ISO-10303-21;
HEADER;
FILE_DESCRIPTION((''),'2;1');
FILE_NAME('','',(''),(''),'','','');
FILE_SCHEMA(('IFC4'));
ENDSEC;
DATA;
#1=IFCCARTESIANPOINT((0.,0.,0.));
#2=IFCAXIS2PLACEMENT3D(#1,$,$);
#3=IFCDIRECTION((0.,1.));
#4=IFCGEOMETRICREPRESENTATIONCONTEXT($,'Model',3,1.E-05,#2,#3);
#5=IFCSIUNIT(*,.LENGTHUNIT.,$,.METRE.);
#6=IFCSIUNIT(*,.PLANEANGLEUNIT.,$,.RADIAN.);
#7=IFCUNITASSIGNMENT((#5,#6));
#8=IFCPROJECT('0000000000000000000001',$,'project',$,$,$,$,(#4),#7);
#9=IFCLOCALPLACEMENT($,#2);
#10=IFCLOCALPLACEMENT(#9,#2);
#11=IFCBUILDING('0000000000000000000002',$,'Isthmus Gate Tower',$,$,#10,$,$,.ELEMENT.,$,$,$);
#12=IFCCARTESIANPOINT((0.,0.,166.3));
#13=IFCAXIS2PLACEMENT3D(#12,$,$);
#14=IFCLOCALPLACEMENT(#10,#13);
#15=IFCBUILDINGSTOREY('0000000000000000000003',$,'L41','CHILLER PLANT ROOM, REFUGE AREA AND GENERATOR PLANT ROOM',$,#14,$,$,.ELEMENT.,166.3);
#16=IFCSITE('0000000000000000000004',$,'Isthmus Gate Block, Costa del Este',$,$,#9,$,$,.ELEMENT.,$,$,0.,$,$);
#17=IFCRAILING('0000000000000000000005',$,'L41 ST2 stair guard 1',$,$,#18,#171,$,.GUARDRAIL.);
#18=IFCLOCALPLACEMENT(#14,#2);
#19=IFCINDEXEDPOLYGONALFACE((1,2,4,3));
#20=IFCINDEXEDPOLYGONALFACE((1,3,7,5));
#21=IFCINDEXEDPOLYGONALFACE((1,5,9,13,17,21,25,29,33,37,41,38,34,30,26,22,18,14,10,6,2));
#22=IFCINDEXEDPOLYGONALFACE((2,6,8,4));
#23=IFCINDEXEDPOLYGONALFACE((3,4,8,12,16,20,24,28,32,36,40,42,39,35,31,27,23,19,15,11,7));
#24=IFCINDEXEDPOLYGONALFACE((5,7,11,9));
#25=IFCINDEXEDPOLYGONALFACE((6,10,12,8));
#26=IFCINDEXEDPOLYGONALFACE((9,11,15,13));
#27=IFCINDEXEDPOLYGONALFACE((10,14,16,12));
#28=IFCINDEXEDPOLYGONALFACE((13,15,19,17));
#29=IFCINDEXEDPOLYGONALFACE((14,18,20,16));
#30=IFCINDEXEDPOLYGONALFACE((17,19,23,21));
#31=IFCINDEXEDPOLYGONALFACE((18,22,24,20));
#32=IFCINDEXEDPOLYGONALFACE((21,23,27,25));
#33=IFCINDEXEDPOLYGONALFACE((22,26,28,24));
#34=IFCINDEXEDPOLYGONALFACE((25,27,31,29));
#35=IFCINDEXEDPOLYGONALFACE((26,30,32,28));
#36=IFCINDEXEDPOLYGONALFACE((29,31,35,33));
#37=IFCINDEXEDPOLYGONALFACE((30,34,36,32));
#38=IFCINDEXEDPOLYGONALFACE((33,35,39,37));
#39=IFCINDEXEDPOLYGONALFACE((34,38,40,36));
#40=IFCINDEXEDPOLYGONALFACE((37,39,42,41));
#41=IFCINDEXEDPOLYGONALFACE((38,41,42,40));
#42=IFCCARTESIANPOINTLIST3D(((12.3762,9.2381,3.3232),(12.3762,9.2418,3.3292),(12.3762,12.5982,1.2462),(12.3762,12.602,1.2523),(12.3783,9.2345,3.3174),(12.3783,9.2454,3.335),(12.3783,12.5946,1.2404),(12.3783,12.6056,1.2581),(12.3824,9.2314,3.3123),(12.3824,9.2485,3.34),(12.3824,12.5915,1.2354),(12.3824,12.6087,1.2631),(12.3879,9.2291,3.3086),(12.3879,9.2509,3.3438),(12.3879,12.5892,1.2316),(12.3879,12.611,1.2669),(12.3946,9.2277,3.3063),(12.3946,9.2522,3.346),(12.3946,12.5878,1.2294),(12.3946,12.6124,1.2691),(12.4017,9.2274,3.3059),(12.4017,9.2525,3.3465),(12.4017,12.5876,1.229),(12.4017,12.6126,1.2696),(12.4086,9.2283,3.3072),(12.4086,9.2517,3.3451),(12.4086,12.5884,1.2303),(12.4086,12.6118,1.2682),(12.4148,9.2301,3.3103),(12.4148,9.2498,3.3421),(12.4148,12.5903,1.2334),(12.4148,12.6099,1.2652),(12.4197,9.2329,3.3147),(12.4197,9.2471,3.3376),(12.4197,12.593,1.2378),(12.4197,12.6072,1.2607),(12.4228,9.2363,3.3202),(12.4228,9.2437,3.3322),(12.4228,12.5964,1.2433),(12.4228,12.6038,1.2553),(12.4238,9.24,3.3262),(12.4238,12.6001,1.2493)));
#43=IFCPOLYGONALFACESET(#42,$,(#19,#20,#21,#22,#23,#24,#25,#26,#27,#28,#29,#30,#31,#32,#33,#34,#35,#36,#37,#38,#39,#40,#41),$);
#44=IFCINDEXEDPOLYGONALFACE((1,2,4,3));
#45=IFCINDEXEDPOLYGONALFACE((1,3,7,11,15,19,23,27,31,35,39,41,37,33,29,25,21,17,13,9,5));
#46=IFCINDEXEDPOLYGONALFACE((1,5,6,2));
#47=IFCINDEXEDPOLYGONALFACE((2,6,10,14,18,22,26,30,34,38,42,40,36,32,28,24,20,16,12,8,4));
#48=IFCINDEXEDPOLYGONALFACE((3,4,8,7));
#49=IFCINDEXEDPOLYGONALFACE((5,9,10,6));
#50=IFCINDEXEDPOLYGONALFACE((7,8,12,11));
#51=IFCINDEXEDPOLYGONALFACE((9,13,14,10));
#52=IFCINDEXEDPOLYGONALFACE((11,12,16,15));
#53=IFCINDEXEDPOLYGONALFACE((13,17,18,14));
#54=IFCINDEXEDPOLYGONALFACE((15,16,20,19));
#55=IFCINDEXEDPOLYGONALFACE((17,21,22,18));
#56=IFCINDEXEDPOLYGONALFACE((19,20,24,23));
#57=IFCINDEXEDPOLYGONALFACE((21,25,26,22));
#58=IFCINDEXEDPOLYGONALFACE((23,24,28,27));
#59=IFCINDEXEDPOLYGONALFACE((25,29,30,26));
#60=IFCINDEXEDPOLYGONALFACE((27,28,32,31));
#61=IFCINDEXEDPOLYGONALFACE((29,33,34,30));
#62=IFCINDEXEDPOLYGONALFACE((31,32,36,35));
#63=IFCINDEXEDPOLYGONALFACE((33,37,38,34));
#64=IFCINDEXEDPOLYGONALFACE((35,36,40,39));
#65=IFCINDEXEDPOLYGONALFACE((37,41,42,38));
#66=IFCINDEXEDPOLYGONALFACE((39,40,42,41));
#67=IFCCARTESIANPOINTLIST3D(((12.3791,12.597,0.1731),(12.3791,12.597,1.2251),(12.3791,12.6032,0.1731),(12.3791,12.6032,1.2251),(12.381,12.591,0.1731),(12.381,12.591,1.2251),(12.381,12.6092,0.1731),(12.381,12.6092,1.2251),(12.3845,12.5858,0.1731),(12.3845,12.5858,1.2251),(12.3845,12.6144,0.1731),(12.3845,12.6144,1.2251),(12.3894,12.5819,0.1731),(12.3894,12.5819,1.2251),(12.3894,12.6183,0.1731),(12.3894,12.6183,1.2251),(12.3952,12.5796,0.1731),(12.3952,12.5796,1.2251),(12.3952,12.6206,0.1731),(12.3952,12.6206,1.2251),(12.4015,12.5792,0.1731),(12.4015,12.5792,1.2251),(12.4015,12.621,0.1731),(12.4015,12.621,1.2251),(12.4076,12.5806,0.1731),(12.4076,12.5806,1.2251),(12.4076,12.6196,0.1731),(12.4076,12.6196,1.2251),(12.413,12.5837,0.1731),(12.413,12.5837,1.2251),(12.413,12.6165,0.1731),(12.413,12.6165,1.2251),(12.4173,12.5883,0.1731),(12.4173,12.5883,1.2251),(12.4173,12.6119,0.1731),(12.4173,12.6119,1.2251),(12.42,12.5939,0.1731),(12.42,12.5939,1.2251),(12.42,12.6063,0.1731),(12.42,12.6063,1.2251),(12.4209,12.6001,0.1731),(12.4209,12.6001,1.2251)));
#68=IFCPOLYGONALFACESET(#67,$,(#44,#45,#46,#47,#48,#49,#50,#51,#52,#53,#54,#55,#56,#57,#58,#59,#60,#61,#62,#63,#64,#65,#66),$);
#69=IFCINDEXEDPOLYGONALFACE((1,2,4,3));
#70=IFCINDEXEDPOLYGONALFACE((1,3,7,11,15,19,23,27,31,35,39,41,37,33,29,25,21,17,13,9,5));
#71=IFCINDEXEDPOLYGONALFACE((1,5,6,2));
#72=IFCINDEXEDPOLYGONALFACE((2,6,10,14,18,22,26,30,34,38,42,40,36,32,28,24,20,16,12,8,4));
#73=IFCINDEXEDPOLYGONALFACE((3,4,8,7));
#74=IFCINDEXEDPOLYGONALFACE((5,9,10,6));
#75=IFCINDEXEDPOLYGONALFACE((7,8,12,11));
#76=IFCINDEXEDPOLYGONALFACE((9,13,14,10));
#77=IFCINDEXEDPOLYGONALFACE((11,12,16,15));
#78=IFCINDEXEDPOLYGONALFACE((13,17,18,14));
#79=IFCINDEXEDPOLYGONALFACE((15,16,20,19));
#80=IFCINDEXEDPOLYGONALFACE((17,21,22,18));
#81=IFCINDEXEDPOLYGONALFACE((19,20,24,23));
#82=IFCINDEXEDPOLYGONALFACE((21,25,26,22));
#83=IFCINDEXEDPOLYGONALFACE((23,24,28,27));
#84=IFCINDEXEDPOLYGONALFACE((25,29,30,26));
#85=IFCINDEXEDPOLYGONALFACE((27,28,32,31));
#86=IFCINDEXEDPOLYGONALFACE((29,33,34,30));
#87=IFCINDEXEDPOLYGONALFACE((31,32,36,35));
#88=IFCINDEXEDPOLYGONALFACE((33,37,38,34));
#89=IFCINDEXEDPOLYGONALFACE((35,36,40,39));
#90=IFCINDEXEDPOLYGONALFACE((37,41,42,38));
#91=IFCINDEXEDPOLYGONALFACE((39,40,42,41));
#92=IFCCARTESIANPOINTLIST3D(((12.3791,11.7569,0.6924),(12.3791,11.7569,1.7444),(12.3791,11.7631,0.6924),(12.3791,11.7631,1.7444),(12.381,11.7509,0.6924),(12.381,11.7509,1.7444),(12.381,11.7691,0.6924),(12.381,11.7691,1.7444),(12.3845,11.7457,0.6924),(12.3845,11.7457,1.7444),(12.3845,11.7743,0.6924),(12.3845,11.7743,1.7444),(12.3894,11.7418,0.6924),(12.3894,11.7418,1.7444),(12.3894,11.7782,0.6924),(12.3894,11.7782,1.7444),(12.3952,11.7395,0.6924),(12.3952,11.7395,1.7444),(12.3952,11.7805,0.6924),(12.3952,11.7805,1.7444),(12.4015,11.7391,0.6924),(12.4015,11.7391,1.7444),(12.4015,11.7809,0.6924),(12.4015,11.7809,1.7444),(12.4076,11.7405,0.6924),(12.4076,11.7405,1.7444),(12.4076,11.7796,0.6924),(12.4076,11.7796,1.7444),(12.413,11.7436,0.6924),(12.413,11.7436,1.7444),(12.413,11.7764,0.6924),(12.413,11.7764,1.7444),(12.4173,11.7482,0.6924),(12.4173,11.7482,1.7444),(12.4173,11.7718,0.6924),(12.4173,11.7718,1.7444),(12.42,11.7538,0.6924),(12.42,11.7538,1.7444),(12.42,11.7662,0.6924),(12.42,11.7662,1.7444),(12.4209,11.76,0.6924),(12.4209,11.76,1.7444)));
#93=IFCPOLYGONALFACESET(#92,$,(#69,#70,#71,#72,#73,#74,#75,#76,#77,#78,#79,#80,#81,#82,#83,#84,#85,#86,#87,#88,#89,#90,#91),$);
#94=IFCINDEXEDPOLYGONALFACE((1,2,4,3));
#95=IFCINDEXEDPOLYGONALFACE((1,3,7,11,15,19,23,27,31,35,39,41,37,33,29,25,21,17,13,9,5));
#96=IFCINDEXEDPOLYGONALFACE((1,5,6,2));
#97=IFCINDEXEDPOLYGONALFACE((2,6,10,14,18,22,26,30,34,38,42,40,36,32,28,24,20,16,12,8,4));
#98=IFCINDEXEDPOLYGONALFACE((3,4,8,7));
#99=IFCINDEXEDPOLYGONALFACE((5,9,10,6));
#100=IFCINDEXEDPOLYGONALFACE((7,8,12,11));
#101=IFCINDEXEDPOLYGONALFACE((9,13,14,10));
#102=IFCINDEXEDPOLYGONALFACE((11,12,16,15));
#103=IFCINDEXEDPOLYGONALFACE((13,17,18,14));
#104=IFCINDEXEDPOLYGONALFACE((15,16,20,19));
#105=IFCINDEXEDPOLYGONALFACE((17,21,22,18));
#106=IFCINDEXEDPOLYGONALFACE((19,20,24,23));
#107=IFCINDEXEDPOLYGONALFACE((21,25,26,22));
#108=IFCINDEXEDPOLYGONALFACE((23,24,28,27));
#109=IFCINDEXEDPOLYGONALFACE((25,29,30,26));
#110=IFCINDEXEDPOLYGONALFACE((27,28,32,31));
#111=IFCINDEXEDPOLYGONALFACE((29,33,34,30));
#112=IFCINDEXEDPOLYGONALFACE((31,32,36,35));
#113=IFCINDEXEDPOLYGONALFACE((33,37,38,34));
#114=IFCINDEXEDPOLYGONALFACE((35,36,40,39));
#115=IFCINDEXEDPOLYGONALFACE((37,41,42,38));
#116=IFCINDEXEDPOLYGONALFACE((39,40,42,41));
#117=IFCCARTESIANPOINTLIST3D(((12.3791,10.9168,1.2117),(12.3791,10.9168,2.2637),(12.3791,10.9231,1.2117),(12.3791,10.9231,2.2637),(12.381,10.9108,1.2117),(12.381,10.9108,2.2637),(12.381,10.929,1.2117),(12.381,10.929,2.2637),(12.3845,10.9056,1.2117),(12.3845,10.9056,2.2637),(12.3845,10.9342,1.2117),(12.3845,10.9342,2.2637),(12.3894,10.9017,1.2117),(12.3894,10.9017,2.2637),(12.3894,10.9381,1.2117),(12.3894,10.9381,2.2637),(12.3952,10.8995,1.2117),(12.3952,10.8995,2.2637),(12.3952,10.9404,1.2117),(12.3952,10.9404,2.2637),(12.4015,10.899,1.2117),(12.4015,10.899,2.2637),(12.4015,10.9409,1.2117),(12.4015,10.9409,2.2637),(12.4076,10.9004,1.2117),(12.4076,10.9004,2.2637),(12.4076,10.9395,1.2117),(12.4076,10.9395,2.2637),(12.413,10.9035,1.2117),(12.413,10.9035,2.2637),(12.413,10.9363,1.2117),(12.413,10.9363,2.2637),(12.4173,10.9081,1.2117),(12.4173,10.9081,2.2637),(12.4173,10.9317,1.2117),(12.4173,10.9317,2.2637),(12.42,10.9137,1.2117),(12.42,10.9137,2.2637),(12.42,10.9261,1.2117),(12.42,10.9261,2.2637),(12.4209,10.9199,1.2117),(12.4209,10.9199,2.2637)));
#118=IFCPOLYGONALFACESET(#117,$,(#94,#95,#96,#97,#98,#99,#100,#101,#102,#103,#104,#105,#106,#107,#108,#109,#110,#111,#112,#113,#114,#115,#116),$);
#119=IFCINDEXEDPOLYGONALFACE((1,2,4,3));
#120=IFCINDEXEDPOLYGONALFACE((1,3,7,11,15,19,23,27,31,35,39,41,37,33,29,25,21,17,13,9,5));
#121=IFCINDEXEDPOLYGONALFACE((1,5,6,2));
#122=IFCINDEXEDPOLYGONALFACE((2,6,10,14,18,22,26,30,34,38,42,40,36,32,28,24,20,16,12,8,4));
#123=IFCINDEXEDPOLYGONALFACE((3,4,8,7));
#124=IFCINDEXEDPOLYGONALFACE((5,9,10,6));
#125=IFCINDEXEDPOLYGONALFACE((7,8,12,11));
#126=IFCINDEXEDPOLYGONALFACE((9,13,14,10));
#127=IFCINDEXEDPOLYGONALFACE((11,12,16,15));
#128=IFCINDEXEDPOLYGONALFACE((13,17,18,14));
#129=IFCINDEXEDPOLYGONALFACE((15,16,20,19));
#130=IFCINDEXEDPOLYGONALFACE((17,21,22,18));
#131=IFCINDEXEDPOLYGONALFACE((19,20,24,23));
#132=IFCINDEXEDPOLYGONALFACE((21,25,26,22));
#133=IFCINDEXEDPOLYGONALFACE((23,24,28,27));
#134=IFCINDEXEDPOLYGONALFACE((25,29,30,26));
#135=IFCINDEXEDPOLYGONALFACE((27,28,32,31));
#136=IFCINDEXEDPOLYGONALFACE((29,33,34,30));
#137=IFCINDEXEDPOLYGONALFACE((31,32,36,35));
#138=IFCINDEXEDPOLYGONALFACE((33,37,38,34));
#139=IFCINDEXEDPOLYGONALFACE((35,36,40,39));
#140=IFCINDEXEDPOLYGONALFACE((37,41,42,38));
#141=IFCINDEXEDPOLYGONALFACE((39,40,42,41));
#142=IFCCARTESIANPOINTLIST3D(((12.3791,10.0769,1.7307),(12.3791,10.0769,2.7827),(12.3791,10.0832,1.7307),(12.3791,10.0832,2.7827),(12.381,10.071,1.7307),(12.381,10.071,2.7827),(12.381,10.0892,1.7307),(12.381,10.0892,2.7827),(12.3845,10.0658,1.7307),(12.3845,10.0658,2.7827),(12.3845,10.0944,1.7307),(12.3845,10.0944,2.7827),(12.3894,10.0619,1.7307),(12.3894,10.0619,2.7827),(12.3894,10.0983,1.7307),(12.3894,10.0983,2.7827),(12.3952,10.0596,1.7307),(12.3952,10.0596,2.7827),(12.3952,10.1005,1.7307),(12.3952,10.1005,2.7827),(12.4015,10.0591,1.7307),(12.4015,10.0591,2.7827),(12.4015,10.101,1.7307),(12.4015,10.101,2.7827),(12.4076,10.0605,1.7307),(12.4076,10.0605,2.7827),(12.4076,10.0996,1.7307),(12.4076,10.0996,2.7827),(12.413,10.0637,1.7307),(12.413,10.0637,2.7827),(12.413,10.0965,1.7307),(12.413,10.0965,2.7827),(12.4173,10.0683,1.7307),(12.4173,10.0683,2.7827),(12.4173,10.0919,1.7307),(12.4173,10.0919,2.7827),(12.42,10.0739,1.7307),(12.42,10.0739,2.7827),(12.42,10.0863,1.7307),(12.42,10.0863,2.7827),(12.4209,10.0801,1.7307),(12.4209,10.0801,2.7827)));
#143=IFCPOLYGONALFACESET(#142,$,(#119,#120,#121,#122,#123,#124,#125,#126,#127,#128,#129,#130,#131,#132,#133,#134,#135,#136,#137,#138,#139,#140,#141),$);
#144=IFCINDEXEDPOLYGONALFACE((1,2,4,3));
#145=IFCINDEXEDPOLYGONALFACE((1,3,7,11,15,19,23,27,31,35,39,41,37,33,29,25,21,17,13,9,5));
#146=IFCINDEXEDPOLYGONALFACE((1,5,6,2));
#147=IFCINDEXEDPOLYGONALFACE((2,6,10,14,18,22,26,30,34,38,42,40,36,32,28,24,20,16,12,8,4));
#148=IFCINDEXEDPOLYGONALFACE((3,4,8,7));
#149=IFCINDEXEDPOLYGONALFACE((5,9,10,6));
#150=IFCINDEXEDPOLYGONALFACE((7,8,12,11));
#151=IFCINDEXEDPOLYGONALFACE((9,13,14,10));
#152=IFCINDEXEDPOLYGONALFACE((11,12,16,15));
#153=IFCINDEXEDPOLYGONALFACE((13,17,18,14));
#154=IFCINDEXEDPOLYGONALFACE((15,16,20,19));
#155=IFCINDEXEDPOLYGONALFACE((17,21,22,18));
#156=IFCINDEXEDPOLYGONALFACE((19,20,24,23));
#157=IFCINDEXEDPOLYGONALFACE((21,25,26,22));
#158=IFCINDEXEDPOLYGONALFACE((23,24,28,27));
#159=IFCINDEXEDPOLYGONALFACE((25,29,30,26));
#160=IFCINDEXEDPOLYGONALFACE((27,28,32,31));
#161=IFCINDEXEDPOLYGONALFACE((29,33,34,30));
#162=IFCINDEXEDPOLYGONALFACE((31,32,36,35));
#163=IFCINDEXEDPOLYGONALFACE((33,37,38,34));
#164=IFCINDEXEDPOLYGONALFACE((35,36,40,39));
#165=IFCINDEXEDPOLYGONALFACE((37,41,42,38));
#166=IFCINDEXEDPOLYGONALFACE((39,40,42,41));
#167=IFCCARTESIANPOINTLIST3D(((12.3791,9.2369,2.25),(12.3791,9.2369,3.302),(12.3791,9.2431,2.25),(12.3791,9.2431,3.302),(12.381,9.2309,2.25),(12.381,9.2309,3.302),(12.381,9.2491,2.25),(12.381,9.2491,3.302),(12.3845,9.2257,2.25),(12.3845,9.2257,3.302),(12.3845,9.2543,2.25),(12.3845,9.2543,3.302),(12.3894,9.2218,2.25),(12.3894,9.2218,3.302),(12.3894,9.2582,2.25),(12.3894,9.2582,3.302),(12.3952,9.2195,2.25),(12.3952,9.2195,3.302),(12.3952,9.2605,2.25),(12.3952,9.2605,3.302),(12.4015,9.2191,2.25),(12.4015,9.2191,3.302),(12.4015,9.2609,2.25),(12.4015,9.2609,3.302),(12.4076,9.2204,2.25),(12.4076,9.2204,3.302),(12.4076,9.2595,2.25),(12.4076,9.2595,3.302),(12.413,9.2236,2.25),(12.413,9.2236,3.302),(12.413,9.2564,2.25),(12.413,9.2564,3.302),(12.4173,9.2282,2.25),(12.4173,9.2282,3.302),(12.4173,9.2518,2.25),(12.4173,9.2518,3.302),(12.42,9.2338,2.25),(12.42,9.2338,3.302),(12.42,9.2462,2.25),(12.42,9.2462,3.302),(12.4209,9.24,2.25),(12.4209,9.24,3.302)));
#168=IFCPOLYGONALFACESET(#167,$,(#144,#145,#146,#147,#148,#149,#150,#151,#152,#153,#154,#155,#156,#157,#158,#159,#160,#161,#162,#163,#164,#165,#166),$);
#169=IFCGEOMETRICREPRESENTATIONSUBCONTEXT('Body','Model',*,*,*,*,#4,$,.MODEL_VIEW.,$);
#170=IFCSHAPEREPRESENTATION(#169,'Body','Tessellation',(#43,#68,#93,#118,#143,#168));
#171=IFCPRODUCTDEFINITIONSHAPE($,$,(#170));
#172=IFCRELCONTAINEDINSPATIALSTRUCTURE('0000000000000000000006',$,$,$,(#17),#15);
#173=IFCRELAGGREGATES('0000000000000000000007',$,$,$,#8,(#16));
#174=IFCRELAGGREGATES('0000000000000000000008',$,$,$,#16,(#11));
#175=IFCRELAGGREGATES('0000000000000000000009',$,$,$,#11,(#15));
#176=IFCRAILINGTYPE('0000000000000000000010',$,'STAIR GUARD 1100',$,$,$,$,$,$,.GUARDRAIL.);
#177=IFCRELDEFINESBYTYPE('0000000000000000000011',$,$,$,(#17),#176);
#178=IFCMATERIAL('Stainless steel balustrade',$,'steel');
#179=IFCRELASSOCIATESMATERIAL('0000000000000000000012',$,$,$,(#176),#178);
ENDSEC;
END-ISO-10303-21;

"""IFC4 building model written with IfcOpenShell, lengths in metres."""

from ifc_helpers import new_model, si_unit, direction, frame, origin, origin_2d, place, context, subcontext, project, spatial, circle, extrude, material, type_object, element, save


model = new_model("IFC4")

# Units and contexts
model_context = context("Model", 3, precision=1e-05, world=origin(), true_north=direction((0.0, 1.0)))
body_context = subcontext(model_context, "Body", "Model", "MODEL_VIEW")
ifc_project = project(units=[si_unit("LENGTHUNIT", "METRE"), si_unit("PLANEANGLEUNIT", "RADIAN")], contexts=[model_context])

# Site, building, storey
site_placement = place(None, origin())
site = spatial("IfcSite", under=ifc_project, at=site_placement, Name="Isthmus Gate Block, Costa del Este", CompositionType="ELEMENT", RefElevation=0.0)
building_placement = place(site_placement, origin())
building = spatial("IfcBuilding", under=site, at=building_placement, Name="Isthmus Gate Tower", CompositionType="ELEMENT")
storey_placement = place(building_placement, frame((0.0, 0.0, 166.3)))
storey = spatial("IfcBuildingStorey", under=building, at=storey_placement, Name="L41", Description="CHILLER PLANT ROOM, REFUGE AREA AND GENERATOR PLANT ROOM", CompositionType="ELEMENT", Elevation=166.3)

# Railing
ifc_material_1 = material(Name="Stainless steel balustrade", Category="steel")
railing_type_1 = type_object("IfcRailingType", Name="STAIR GUARD 1100", PredefinedType="GUARDRAIL", material=ifc_material_1)
railing_1_placement = place(storey_placement, frame((12.3999, 12.6001, 0.1731)))
element("IfcRailing", 1, at=railing_1_placement, inside=storey, type_object=railing_type_1, Name="L41 ST2 stair guard 1", PredefinedType="GUARDRAIL", context=body_context, shape_type="SweptSolid", body=[
    extrude(circle(Radius=0.0239, at=origin_2d()), frame((0.0, 0.0, 1.0762), z_axis=(0.0, -0.850623, 0.525776), x_axis=(1.0, 0.0, 0.0)), (0.0, 0.0, 1.0), 3.9502),
    extrude(circle(Radius=0.021, at=origin_2d()), origin(), (0.0, 0.0, 1.0), 1.052),
    extrude(circle(Radius=0.021, at=origin_2d()), frame((0.0, -0.8401, 0.5193)), (0.0, 0.0, 1.0), 1.052),
    extrude(circle(Radius=0.021, at=origin_2d()), frame((0.0, -1.6802, 1.0386)), (0.0, 0.0, 1.0), 1.052),
    extrude(circle(Radius=0.021, at=origin_2d()), frame((0.0, -2.52, 1.5576)), (0.0, 0.0, 1.0), 1.052),
    extrude(circle(Radius=0.021, at=origin_2d()), frame((0.0, -3.3601, 2.0769)), (0.0, 0.0, 1.0), 1.052),
])

save(model, "model.ifc")
